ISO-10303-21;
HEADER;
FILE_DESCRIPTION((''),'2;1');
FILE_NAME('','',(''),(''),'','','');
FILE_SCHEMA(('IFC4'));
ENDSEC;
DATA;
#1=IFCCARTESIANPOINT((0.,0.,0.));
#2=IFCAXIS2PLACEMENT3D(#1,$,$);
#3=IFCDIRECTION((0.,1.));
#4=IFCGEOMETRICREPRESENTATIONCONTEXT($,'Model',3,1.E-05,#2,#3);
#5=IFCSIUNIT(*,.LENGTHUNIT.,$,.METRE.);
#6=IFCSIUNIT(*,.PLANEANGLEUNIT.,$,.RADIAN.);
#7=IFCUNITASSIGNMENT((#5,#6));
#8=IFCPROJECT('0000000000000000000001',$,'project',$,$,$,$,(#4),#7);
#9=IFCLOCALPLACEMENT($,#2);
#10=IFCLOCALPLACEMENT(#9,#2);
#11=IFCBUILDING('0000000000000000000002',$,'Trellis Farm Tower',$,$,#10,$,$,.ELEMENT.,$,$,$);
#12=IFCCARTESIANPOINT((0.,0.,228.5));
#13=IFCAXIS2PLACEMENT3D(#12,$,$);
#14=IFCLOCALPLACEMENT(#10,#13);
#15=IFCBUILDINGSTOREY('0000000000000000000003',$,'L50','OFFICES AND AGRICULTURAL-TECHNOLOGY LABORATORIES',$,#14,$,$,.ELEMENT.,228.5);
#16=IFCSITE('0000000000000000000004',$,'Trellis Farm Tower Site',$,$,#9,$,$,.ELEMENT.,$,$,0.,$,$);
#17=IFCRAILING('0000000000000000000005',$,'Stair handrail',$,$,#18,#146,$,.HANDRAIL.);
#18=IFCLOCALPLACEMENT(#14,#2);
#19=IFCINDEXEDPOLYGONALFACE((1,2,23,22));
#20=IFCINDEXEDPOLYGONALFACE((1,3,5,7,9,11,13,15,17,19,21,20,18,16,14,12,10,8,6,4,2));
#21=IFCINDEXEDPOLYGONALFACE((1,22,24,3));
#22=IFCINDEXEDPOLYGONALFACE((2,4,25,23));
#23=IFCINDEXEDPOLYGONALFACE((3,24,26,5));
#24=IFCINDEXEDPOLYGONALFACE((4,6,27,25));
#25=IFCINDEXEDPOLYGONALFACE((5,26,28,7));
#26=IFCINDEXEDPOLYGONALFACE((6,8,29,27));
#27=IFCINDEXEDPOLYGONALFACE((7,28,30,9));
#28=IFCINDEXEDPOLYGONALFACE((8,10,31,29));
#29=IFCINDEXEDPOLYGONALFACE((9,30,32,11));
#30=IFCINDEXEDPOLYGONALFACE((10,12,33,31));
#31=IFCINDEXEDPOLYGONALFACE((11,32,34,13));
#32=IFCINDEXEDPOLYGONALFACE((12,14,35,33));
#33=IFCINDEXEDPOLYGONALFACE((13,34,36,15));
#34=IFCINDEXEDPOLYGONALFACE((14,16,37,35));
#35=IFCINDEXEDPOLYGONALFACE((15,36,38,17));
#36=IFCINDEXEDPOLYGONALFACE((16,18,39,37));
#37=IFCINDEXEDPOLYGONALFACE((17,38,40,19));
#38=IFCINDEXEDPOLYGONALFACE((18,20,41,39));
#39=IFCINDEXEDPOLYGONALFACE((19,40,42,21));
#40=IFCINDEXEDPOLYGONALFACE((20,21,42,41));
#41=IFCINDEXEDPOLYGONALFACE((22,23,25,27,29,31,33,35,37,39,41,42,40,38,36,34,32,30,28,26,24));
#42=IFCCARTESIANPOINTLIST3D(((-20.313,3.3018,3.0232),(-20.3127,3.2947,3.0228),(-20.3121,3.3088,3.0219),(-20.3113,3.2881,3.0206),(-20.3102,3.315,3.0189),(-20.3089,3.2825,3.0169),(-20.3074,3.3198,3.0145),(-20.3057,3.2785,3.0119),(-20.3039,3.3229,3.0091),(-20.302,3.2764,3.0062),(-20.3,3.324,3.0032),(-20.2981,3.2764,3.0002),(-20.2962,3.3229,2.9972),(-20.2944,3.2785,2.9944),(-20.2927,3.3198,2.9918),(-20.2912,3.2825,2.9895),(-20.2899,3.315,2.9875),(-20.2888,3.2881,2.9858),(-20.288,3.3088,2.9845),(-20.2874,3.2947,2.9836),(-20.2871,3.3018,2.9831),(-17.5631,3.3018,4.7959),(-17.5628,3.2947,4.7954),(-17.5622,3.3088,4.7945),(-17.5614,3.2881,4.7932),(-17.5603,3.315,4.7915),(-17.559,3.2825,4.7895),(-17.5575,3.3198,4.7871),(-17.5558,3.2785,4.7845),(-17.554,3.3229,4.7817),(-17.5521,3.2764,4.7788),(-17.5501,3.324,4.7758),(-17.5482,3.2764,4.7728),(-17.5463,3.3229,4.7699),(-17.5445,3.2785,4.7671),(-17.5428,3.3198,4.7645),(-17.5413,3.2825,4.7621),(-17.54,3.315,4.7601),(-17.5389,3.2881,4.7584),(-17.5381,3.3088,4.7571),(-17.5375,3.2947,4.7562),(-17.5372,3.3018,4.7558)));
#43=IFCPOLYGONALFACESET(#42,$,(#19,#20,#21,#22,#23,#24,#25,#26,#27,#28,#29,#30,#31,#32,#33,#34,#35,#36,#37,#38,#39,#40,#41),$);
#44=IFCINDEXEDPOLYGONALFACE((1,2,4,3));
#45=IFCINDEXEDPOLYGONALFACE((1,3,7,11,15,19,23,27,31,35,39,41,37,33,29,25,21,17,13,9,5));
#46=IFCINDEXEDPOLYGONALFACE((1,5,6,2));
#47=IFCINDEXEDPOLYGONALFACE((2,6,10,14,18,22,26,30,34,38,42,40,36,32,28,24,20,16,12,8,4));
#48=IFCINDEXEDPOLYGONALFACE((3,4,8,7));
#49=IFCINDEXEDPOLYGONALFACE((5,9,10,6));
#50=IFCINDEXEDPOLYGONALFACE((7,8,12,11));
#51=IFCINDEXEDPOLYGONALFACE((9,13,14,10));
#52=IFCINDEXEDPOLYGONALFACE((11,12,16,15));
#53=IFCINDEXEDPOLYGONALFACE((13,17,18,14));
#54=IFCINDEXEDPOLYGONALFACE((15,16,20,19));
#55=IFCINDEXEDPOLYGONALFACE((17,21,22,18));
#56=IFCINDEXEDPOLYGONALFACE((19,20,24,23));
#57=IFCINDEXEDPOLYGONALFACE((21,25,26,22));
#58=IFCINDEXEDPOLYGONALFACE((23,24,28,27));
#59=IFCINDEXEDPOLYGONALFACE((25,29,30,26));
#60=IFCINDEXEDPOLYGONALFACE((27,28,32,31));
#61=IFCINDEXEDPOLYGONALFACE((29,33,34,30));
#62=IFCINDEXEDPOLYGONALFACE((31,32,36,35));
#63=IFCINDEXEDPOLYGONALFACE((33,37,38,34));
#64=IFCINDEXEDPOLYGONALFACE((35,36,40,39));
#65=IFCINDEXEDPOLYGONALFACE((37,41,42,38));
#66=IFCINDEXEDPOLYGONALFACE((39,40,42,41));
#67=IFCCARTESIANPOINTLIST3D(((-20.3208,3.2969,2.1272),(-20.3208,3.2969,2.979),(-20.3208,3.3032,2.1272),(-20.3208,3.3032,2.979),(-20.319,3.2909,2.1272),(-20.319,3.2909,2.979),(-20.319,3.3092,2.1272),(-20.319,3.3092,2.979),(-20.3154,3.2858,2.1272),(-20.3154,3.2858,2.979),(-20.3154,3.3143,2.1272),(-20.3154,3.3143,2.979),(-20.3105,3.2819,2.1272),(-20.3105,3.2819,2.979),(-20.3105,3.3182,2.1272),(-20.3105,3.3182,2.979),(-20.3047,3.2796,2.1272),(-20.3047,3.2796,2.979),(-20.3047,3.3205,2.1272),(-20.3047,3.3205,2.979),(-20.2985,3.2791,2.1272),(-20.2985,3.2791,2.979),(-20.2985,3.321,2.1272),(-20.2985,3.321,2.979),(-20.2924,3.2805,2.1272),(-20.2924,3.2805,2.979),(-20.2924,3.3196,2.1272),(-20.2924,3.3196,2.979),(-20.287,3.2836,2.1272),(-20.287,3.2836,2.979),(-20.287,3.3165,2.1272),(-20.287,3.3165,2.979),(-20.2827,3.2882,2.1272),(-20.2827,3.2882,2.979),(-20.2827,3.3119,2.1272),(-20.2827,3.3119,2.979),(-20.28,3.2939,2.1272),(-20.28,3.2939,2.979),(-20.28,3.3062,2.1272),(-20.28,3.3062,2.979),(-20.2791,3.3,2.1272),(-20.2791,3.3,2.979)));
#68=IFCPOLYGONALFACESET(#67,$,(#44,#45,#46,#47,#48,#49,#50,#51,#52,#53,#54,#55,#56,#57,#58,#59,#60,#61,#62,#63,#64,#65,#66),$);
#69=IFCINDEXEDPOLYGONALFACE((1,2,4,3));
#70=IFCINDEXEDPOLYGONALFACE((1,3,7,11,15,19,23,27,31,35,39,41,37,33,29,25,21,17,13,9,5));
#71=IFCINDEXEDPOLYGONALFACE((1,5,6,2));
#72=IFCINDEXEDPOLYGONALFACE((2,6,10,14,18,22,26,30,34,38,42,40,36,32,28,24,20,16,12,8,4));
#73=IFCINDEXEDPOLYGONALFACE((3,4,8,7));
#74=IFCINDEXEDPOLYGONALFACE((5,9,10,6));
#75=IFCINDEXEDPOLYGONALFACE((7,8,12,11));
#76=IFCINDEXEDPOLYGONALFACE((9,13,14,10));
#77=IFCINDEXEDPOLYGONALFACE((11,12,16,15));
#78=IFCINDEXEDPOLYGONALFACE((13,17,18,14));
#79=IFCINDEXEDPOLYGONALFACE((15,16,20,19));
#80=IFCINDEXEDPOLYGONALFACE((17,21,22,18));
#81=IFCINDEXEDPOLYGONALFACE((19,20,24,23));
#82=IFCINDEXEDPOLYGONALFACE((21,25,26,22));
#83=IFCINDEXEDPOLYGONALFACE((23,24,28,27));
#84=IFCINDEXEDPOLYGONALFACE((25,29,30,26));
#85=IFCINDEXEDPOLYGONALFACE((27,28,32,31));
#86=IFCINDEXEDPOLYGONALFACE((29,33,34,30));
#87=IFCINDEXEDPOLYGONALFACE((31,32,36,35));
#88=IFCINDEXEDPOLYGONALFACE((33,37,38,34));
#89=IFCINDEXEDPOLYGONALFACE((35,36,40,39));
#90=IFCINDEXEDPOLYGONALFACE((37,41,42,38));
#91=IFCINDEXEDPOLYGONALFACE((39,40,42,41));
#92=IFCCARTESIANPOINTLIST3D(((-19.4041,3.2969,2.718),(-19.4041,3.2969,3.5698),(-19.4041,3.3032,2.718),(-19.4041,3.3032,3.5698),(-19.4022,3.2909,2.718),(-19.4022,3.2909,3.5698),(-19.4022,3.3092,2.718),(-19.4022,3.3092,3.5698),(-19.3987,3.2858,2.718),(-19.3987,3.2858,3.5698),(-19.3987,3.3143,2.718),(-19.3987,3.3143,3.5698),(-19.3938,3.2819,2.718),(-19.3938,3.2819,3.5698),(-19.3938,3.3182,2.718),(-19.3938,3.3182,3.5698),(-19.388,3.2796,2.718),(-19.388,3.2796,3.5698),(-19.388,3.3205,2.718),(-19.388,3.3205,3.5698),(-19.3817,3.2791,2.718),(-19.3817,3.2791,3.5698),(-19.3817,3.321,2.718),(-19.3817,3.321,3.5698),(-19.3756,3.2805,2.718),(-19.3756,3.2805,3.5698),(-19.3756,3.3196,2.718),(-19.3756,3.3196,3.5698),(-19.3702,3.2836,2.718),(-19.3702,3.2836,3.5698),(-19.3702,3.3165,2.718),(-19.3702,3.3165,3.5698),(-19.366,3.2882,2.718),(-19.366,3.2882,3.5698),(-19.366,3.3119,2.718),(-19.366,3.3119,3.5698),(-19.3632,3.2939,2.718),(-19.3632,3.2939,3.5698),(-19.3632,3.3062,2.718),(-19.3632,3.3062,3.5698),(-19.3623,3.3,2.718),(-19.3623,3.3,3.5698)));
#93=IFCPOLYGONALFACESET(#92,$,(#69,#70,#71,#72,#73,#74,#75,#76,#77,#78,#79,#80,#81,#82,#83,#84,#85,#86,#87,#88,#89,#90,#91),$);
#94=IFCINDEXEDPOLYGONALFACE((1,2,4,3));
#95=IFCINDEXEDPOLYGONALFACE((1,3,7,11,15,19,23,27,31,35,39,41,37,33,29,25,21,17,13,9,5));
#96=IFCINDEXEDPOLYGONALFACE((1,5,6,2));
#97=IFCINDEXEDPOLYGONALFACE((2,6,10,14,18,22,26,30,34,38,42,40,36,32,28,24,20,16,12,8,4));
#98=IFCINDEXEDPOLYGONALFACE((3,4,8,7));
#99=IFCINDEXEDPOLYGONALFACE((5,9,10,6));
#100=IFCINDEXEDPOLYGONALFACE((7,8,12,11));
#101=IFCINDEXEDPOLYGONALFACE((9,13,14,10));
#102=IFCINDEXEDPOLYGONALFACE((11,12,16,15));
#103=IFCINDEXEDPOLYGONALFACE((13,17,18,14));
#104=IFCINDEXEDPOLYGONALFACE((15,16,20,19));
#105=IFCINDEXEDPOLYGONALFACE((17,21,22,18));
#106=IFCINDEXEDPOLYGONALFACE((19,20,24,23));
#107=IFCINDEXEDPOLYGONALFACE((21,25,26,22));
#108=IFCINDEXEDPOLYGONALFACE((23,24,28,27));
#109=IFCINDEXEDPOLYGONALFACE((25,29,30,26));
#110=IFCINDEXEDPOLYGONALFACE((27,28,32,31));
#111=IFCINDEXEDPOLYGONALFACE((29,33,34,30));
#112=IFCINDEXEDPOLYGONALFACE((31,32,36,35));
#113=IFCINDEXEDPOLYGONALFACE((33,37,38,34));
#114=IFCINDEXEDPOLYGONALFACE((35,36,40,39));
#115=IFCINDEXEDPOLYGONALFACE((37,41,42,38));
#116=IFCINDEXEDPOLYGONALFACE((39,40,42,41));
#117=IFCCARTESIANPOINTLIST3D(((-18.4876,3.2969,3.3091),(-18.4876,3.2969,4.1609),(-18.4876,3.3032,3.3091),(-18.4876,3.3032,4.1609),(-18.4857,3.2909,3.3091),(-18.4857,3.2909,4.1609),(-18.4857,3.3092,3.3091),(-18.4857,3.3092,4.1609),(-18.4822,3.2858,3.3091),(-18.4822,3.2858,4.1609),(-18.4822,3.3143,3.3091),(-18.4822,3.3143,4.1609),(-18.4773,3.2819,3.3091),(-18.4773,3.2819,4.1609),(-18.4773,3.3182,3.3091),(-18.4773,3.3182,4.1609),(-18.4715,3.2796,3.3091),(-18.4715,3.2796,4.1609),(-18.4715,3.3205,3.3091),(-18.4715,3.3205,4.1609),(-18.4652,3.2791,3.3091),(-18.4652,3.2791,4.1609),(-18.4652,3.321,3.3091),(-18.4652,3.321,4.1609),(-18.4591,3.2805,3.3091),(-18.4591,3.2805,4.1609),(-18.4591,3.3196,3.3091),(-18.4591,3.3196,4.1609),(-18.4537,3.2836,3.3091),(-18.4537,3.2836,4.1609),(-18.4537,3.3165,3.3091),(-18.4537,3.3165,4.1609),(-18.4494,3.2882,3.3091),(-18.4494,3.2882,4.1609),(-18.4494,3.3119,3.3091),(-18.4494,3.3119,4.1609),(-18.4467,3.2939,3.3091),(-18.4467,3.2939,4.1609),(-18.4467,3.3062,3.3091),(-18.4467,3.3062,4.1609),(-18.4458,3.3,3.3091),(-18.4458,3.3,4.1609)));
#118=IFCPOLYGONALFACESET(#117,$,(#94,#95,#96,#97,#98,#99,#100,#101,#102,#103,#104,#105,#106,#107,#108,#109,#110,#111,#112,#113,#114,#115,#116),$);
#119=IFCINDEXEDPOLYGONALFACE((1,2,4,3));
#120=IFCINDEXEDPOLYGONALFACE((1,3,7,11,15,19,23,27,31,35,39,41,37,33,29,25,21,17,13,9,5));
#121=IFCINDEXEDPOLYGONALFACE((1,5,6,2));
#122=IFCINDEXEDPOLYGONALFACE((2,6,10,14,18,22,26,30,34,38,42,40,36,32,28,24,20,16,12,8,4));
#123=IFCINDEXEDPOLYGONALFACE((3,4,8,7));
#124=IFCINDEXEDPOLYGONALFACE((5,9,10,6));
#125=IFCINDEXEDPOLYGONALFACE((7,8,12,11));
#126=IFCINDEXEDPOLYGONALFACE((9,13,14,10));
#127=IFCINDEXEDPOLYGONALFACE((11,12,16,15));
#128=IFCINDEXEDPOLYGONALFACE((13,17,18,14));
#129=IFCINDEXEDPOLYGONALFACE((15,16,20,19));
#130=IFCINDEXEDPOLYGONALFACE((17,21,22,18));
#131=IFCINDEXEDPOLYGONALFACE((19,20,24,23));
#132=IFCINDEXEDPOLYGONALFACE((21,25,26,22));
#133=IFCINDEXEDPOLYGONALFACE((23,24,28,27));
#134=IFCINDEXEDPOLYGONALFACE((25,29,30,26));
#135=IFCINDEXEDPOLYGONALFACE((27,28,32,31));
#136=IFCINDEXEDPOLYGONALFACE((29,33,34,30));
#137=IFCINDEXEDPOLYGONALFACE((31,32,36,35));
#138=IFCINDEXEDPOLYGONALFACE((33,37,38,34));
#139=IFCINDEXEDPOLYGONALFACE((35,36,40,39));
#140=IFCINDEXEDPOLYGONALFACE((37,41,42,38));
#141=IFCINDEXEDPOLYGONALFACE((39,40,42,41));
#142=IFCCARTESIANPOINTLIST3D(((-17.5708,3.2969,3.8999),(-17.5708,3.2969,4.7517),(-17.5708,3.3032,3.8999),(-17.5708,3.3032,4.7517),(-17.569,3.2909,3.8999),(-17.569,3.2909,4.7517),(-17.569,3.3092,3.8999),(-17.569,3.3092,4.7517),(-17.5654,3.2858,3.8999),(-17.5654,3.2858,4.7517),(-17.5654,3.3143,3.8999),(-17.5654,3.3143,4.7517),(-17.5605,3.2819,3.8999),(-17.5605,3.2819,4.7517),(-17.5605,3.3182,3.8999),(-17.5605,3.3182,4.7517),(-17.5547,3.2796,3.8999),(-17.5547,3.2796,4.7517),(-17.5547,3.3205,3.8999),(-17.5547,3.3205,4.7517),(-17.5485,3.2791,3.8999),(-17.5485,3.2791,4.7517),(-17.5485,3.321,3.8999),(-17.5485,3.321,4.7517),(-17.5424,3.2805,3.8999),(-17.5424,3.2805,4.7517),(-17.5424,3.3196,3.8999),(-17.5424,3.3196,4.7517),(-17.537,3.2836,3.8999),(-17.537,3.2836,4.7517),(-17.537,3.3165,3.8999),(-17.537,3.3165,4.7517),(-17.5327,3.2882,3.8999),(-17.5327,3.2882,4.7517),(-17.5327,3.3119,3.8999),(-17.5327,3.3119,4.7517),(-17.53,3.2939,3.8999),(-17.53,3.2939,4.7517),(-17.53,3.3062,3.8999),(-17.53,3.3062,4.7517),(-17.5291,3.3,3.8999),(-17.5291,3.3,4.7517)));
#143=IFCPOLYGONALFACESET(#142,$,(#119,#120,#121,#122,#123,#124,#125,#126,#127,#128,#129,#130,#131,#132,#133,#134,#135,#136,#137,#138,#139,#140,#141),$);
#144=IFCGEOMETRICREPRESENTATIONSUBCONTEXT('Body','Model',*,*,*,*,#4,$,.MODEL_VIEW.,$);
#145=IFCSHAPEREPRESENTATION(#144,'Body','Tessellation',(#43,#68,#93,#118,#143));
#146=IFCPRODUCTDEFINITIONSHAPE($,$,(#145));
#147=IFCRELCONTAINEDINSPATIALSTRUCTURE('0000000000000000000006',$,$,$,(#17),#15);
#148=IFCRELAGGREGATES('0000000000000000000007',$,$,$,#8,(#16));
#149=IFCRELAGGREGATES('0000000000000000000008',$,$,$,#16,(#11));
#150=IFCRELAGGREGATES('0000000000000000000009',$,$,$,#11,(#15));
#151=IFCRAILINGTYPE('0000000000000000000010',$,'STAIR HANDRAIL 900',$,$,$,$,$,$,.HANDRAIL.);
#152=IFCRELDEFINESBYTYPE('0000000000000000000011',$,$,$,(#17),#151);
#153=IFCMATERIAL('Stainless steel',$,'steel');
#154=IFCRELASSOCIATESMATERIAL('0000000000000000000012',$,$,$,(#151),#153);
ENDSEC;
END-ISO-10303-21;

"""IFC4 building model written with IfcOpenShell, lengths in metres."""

from ifc_helpers import new_model, si_unit, direction, frame, origin, origin_2d, place, context, subcontext, project, spatial, circle, extrude, source, transform, mapped, material, type_object, element, save


model = new_model("IFC4")

# Units and contexts
model_context = context("Model", 3, precision=1e-05, world=origin(), true_north=direction((0.0, 1.0)))
body_context = subcontext(model_context, "Body", "Model", "MODEL_VIEW")
ifc_project = project(units=[si_unit("LENGTHUNIT", "METRE"), si_unit("PLANEANGLEUNIT", "RADIAN")], contexts=[model_context])

# Site, building, storey
site_placement = place(None, origin())
site = spatial("IfcSite", under=ifc_project, at=site_placement, Name="Trellis Farm Tower Site", CompositionType="ELEMENT", RefElevation=0.0)
building_placement = place(site_placement, origin())
building = spatial("IfcBuilding", under=site, at=building_placement, Name="Trellis Farm Tower", CompositionType="ELEMENT")
storey_placement = place(building_placement, frame((0.0, 0.0, 228.5)))
storey = spatial("IfcBuildingStorey", under=building, at=storey_placement, Name="L50", Description="OFFICES AND AGRICULTURAL-TECHNOLOGY LABORATORIES", CompositionType="ELEMENT", Elevation=228.5)

# Railing
ifc_material_1 = material(Name="Stainless steel", Category="steel")
railing_type = type_object("IfcRailingType", Name="STAIR HANDRAIL 900", PredefinedType="HANDRAIL", material=ifc_material_1)
shared_shape_1 = source(origin(), body_context, "Body", "SweptSolid", [
    extrude(circle(Radius=0.0239, at=origin_2d()), frame((0.0, 0.0, 0.876), z_axis=(0.840504, 0.0, 0.541806), x_axis=(0.0, 1.0, 0.0)), (0.0, 0.0, 1.0), 3.2717),
    extrude(circle(Radius=0.021, at=origin_2d()), origin(), (0.0, 0.0, 1.0), 0.8518),
    extrude(circle(Radius=0.021, at=origin_2d()), frame((0.9167, 0.0, 0.5908)), (0.0, 0.0, 1.0), 0.8518),
    extrude(circle(Radius=0.021, at=origin_2d()), frame((1.8333, 0.0, 1.1819)), (0.0, 0.0, 1.0), 0.8518),
    extrude(circle(Radius=0.021, at=origin_2d()), frame((2.75, 0.0, 1.7727)), (0.0, 0.0, 1.0), 0.8518),
])
for number, where, name in (
    (1, (-20.3, 3.3, 2.1272), "Stair handrail"),
):
    element("IfcRailing", number, at=place(storey_placement, frame(where)), inside=storey, type_object=railing_type, Name=name, PredefinedType="HANDRAIL", context=body_context, shape_type="MappedRepresentation", body=[
        mapped(shared_shape_1, transform((0.0, 0.0, 0.0))),
    ])

save(model, "model.ifc")
